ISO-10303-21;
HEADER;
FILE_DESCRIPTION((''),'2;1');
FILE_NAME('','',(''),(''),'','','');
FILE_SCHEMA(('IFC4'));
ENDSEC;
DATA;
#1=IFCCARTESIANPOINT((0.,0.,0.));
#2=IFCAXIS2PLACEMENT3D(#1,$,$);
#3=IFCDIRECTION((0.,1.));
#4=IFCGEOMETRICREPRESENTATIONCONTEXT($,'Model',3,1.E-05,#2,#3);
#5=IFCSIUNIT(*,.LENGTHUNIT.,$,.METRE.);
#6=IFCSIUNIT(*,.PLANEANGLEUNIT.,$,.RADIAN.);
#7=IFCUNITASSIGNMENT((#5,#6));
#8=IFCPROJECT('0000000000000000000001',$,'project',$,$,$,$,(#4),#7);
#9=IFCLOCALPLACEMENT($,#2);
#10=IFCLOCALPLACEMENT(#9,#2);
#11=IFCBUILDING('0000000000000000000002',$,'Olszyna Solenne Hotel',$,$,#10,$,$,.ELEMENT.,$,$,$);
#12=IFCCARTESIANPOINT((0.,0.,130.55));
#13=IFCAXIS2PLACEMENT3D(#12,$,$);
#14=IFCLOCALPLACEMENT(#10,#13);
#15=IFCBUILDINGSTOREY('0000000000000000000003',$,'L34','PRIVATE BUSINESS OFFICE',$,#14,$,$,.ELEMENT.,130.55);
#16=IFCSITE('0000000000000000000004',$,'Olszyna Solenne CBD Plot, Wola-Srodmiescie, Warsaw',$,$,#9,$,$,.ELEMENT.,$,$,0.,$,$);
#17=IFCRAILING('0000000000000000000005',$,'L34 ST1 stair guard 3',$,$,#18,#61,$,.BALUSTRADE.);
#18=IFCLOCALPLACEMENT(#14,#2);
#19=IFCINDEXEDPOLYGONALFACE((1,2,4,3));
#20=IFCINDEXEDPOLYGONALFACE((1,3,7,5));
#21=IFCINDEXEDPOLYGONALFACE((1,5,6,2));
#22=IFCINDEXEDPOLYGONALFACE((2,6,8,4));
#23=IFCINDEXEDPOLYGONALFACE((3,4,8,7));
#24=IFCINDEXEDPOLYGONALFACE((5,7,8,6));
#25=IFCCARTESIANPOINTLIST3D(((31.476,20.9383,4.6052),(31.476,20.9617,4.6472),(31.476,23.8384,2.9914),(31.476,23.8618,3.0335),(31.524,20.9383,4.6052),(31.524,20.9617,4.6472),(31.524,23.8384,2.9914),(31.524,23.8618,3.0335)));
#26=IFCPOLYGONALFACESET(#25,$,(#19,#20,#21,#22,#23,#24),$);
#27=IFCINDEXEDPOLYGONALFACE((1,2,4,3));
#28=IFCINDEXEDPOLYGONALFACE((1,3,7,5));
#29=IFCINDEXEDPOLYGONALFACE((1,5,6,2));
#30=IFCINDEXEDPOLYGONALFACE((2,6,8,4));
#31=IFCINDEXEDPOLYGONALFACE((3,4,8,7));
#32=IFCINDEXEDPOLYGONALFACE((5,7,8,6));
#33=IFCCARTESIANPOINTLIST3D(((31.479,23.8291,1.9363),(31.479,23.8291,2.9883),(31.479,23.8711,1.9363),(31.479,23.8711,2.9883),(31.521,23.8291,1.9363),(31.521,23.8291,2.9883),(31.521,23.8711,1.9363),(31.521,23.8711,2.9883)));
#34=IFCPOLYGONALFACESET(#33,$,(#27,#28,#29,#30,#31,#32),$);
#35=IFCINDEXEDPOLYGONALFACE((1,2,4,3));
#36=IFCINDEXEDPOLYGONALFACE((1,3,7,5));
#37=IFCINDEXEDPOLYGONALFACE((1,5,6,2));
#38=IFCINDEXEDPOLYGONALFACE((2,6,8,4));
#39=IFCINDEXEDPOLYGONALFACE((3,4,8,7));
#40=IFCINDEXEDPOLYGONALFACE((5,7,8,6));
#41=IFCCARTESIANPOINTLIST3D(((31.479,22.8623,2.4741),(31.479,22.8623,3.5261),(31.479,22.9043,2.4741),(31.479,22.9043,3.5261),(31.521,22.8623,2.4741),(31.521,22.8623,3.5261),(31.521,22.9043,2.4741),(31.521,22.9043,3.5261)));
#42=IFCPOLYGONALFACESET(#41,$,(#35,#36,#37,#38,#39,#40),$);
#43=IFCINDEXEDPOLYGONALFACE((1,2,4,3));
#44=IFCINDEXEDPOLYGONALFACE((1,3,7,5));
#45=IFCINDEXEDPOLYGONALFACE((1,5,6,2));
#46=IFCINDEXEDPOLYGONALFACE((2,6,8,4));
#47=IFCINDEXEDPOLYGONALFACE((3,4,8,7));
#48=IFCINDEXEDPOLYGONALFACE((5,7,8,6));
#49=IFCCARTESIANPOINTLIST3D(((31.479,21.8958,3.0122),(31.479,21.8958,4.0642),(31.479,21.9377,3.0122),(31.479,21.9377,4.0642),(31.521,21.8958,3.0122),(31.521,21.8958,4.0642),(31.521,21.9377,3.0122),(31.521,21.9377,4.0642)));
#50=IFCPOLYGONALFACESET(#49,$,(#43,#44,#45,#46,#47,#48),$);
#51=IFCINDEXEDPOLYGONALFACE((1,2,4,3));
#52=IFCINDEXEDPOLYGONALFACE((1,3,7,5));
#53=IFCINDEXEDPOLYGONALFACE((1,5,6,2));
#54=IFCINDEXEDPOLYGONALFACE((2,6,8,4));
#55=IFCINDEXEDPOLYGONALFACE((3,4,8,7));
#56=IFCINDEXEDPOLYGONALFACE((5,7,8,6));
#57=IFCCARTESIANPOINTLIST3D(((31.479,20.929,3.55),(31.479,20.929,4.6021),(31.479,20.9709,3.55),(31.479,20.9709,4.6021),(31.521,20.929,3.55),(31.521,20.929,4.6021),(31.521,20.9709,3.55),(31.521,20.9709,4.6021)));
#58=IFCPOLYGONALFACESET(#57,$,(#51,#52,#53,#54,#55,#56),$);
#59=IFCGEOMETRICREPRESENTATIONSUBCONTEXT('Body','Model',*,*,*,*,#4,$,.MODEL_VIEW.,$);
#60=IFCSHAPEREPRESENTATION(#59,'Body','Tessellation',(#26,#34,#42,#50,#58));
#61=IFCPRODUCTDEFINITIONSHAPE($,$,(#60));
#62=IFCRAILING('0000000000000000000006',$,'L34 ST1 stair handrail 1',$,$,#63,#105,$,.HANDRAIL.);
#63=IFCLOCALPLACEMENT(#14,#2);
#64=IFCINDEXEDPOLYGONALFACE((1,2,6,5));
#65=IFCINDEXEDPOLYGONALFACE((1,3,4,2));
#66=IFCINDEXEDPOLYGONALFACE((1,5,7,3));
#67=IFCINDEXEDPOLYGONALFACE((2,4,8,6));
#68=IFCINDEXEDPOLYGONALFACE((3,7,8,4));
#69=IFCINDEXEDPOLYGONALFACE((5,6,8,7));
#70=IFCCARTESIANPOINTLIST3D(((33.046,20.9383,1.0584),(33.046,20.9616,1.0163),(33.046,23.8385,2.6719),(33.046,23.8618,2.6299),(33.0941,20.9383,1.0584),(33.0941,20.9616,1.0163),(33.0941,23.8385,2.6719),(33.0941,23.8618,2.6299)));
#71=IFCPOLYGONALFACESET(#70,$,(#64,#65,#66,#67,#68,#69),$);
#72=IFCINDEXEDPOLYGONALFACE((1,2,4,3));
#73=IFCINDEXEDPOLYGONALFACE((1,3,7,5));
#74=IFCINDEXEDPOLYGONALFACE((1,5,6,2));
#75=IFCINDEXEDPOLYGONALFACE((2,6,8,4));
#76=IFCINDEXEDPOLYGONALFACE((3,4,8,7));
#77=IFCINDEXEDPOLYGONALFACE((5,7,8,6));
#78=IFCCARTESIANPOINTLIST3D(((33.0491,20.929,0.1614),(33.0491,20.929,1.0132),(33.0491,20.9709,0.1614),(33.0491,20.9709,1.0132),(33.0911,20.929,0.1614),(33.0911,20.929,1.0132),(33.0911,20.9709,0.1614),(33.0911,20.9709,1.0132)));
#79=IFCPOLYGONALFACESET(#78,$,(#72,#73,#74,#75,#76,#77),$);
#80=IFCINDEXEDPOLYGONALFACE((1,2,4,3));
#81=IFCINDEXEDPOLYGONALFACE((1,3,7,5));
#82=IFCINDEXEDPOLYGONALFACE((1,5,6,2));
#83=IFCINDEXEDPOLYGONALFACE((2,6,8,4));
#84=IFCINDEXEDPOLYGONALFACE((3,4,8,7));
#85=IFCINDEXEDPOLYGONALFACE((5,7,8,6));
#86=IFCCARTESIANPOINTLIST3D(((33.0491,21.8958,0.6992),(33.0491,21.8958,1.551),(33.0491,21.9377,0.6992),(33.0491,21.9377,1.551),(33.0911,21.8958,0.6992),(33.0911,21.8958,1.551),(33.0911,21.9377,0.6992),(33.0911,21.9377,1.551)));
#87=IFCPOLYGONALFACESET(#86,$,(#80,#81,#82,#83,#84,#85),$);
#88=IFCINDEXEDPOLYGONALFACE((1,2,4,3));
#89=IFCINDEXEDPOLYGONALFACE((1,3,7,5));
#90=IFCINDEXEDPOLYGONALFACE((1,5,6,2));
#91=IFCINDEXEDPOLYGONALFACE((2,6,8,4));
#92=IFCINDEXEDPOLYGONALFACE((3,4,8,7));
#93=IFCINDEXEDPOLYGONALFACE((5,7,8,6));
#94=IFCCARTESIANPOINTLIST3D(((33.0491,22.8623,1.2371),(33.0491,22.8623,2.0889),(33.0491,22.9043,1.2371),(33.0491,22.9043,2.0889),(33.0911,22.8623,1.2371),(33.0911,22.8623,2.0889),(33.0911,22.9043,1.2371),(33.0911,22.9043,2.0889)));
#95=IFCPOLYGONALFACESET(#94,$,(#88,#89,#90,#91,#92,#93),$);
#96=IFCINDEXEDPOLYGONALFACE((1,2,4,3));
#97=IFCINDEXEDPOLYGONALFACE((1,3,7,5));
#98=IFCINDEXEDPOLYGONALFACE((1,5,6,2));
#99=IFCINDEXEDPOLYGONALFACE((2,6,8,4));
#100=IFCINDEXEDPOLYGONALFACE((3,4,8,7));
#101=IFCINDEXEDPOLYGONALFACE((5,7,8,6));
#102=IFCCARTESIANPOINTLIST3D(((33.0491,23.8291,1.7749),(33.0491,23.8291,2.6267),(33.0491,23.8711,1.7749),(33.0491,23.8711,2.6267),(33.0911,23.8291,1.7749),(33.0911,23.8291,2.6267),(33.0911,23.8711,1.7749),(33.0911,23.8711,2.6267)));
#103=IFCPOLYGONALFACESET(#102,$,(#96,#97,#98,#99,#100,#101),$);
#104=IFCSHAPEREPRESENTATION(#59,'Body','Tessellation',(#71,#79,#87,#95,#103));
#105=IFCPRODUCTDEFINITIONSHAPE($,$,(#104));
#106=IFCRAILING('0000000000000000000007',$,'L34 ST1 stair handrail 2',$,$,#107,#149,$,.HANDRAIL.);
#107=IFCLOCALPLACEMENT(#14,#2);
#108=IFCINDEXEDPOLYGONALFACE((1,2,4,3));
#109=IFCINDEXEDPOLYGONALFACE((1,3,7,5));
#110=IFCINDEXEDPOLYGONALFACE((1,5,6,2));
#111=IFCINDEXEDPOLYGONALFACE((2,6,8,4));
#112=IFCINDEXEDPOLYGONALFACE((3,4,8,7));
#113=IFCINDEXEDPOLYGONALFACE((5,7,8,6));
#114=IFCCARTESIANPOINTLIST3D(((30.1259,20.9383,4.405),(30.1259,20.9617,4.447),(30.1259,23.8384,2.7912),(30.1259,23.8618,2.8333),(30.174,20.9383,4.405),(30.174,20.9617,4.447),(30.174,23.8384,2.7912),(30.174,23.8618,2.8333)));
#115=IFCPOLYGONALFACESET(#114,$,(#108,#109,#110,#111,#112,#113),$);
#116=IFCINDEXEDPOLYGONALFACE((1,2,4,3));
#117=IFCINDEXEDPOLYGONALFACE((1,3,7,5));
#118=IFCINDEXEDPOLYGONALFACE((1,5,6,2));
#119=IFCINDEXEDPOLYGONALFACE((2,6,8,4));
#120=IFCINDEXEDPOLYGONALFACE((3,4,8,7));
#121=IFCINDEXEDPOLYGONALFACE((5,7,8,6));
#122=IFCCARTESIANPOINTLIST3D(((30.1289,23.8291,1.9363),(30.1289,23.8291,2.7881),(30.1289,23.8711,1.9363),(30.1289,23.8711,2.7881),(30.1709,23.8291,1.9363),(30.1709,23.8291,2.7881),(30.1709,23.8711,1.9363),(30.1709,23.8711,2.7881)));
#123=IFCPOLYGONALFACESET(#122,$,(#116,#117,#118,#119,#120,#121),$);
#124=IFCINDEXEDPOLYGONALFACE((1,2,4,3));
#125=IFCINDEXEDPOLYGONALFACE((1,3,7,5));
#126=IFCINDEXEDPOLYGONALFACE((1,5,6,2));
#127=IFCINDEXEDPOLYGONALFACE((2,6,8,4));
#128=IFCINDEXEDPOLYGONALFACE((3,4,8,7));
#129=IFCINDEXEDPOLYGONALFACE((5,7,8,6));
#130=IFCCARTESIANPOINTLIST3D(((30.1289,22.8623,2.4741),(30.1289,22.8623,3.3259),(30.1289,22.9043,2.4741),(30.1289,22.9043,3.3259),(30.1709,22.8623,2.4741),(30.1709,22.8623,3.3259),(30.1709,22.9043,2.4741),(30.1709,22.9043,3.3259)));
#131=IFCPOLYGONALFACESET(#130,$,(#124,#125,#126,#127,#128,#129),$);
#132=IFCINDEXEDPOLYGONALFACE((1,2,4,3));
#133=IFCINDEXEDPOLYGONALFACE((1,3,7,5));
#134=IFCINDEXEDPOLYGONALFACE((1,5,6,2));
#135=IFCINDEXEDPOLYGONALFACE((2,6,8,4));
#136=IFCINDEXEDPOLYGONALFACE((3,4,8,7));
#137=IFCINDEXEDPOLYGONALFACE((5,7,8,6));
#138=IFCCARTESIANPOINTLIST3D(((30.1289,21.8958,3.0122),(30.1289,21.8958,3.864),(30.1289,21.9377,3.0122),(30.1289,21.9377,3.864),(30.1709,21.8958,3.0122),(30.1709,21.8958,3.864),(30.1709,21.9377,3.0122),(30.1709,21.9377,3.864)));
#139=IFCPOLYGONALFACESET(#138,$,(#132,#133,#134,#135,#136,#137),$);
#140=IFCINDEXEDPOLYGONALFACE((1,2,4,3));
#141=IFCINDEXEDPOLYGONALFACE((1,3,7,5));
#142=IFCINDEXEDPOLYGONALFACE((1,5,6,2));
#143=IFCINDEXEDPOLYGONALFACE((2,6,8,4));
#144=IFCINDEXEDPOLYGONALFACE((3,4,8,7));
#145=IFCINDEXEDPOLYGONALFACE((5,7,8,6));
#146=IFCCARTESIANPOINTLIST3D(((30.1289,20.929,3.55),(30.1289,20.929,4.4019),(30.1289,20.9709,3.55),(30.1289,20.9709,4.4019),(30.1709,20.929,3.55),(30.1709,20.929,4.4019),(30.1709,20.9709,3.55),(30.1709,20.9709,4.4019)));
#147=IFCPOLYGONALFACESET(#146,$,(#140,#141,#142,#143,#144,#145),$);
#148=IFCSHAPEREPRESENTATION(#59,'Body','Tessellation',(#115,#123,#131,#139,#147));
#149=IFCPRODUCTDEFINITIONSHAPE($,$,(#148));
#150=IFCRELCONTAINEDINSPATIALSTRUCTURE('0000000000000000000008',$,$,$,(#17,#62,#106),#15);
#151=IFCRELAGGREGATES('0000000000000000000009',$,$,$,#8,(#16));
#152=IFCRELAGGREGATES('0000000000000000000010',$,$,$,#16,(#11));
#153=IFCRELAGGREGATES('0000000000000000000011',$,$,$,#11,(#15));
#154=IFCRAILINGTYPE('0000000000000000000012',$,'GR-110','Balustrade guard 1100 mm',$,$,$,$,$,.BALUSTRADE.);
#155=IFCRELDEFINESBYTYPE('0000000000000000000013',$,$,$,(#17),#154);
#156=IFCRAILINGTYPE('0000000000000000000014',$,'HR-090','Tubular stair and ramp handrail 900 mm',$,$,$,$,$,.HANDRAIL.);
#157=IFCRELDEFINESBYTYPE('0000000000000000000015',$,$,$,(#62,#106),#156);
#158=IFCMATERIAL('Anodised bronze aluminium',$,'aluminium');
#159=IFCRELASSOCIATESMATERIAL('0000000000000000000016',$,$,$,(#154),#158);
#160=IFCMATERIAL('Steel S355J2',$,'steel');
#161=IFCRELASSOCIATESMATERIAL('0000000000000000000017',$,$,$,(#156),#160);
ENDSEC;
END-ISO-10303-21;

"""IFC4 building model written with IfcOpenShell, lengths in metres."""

from ifc_helpers import new_model, si_unit, direction, frame, origin, origin_2d, place, context, subcontext, project, spatial, rectangle, extrude, material, type_object, element, save


model = new_model("IFC4")

# Units and contexts
model_context = context("Model", 3, precision=1e-05, world=origin(), true_north=direction((0.0, 1.0)))
body_context = subcontext(model_context, "Body", "Model", "MODEL_VIEW")
ifc_project = project(units=[si_unit("LENGTHUNIT", "METRE"), si_unit("PLANEANGLEUNIT", "RADIAN")], contexts=[model_context])

# Site, building, storey
site_placement = place(None, origin())
site = spatial("IfcSite", under=ifc_project, at=site_placement, Name="Olszyna Solenne CBD Plot, Wola-Srodmiescie, Warsaw", CompositionType="ELEMENT", RefElevation=0.0)
building_placement = place(site_placement, origin())
building = spatial("IfcBuilding", under=site, at=building_placement, Name="Olszyna Solenne Hotel", CompositionType="ELEMENT")
storey_placement = place(building_placement, frame((0.0, 0.0, 130.55)))
storey = spatial("IfcBuildingStorey", under=building, at=storey_placement, Name="L34", Description="PRIVATE BUSINESS OFFICE", CompositionType="ELEMENT", Elevation=130.55)

# Shared definitions
ifc_material_1 = material(Name="Steel S355J2", Category="steel")

# Railings
ifc_material_2 = material(Name="Anodised bronze aluminium", Category="aluminium")
railing_type_1 = type_object("IfcRailingType", Name="GR-110", Description="Balustrade guard 1100 mm", PredefinedType="BALUSTRADE", material=ifc_material_2)
railing_1_placement = place(storey_placement, frame((31.5, 23.8501, 1.9363)))
element("IfcRailing", 1, at=railing_1_placement, inside=storey, type_object=railing_type_1, Name="L34 ST1 stair guard 3", PredefinedType="BALUSTRADE", context=body_context, shape_type="SweptSolid", body=[
    extrude(rectangle(XDim=0.0481, YDim=0.0481, at=origin_2d()), frame((0.0, 0.0, 1.0762), z_axis=(0.0, -0.873827, 0.486236), x_axis=(1.0, 0.0, 0.0)), (0.0, 0.0, 1.0), 3.3188),
    extrude(rectangle(XDim=0.042, YDim=0.042, at=origin_2d()), origin(), (0.0, 0.0, 1.0), 1.052),
    extrude(rectangle(XDim=0.042, YDim=0.042, at=origin_2d()), frame((0.0, -0.9668, 0.5378)), (0.0, 0.0, 1.0), 1.052),
    extrude(rectangle(XDim=0.042, YDim=0.042, at=origin_2d()), frame((0.0, -1.9333, 1.0759)), (0.0, 0.0, 1.0), 1.052),
    extrude(rectangle(XDim=0.042, YDim=0.042, at=origin_2d()), frame((0.0, -2.9001, 1.6138)), (0.0, 0.0, 1.0), 1.052),
])
railing_type_2 = type_object("IfcRailingType", Name="HR-090", Description="Tubular stair and ramp handrail 900 mm", PredefinedType="HANDRAIL", material=ifc_material_1)
railing_2_placement = place(storey_placement, frame((33.0701, 20.95, 0.1614)))
element("IfcRailing", 2, at=railing_2_placement, inside=storey, type_object=railing_type_2, Name="L34 ST1 stair handrail 1", PredefinedType="HANDRAIL", context=body_context, shape_type="SweptSolid", body=[
    extrude(rectangle(XDim=0.0481, YDim=0.0481, at=origin_2d()), frame((0.0, 0.0, 0.876), z_axis=(0.0, 0.873859, 0.48618), x_axis=(-1.0, 0.0, 0.0)), (0.0, 0.0, 1.0), 3.3188),
    extrude(rectangle(XDim=0.042, YDim=0.042, at=origin_2d()), origin(), (0.0, 0.0, 1.0), 0.8518),
    extrude(rectangle(XDim=0.042, YDim=0.042, at=origin_2d()), frame((0.0, 0.9668, 0.5378)), (0.0, 0.0, 1.0), 0.8518),
    extrude(rectangle(XDim=0.042, YDim=0.042, at=origin_2d()), frame((0.0, 1.9333, 1.0757)), (0.0, 0.0, 1.0), 0.8518),
    extrude(rectangle(XDim=0.042, YDim=0.042, at=origin_2d()), frame((0.0, 2.9001, 1.6135)), (0.0, 0.0, 1.0), 0.8518),
])
railing_3_placement = place(storey_placement, frame((30.1499, 23.8501, 1.9363)))
element("IfcRailing", 3, at=railing_3_placement, inside=storey, type_object=railing_type_2, Name="L34 ST1 stair handrail 2", PredefinedType="HANDRAIL", context=body_context, shape_type="SweptSolid", body=[
    extrude(rectangle(XDim=0.0481, YDim=0.0481, at=origin_2d()), frame((0.0, 0.0, 0.876), z_axis=(0.0, -0.873827, 0.486236), x_axis=(1.0, 0.0, 0.0)), (0.0, 0.0, 1.0), 3.3188),
    extrude(rectangle(XDim=0.042, YDim=0.042, at=origin_2d()), origin(), (0.0, 0.0, 1.0), 0.8518),
    extrude(rectangle(XDim=0.042, YDim=0.042, at=origin_2d()), frame((0.0, -0.9668, 0.5378)), (0.0, 0.0, 1.0), 0.8518),
    extrude(rectangle(XDim=0.042, YDim=0.042, at=origin_2d()), frame((0.0, -1.9333, 1.0759)), (0.0, 0.0, 1.0), 0.8518),
    extrude(rectangle(XDim=0.042, YDim=0.042, at=origin_2d()), frame((0.0, -2.9001, 1.6138)), (0.0, 0.0, 1.0), 0.8518),
])

save(model, "model.ifc")
